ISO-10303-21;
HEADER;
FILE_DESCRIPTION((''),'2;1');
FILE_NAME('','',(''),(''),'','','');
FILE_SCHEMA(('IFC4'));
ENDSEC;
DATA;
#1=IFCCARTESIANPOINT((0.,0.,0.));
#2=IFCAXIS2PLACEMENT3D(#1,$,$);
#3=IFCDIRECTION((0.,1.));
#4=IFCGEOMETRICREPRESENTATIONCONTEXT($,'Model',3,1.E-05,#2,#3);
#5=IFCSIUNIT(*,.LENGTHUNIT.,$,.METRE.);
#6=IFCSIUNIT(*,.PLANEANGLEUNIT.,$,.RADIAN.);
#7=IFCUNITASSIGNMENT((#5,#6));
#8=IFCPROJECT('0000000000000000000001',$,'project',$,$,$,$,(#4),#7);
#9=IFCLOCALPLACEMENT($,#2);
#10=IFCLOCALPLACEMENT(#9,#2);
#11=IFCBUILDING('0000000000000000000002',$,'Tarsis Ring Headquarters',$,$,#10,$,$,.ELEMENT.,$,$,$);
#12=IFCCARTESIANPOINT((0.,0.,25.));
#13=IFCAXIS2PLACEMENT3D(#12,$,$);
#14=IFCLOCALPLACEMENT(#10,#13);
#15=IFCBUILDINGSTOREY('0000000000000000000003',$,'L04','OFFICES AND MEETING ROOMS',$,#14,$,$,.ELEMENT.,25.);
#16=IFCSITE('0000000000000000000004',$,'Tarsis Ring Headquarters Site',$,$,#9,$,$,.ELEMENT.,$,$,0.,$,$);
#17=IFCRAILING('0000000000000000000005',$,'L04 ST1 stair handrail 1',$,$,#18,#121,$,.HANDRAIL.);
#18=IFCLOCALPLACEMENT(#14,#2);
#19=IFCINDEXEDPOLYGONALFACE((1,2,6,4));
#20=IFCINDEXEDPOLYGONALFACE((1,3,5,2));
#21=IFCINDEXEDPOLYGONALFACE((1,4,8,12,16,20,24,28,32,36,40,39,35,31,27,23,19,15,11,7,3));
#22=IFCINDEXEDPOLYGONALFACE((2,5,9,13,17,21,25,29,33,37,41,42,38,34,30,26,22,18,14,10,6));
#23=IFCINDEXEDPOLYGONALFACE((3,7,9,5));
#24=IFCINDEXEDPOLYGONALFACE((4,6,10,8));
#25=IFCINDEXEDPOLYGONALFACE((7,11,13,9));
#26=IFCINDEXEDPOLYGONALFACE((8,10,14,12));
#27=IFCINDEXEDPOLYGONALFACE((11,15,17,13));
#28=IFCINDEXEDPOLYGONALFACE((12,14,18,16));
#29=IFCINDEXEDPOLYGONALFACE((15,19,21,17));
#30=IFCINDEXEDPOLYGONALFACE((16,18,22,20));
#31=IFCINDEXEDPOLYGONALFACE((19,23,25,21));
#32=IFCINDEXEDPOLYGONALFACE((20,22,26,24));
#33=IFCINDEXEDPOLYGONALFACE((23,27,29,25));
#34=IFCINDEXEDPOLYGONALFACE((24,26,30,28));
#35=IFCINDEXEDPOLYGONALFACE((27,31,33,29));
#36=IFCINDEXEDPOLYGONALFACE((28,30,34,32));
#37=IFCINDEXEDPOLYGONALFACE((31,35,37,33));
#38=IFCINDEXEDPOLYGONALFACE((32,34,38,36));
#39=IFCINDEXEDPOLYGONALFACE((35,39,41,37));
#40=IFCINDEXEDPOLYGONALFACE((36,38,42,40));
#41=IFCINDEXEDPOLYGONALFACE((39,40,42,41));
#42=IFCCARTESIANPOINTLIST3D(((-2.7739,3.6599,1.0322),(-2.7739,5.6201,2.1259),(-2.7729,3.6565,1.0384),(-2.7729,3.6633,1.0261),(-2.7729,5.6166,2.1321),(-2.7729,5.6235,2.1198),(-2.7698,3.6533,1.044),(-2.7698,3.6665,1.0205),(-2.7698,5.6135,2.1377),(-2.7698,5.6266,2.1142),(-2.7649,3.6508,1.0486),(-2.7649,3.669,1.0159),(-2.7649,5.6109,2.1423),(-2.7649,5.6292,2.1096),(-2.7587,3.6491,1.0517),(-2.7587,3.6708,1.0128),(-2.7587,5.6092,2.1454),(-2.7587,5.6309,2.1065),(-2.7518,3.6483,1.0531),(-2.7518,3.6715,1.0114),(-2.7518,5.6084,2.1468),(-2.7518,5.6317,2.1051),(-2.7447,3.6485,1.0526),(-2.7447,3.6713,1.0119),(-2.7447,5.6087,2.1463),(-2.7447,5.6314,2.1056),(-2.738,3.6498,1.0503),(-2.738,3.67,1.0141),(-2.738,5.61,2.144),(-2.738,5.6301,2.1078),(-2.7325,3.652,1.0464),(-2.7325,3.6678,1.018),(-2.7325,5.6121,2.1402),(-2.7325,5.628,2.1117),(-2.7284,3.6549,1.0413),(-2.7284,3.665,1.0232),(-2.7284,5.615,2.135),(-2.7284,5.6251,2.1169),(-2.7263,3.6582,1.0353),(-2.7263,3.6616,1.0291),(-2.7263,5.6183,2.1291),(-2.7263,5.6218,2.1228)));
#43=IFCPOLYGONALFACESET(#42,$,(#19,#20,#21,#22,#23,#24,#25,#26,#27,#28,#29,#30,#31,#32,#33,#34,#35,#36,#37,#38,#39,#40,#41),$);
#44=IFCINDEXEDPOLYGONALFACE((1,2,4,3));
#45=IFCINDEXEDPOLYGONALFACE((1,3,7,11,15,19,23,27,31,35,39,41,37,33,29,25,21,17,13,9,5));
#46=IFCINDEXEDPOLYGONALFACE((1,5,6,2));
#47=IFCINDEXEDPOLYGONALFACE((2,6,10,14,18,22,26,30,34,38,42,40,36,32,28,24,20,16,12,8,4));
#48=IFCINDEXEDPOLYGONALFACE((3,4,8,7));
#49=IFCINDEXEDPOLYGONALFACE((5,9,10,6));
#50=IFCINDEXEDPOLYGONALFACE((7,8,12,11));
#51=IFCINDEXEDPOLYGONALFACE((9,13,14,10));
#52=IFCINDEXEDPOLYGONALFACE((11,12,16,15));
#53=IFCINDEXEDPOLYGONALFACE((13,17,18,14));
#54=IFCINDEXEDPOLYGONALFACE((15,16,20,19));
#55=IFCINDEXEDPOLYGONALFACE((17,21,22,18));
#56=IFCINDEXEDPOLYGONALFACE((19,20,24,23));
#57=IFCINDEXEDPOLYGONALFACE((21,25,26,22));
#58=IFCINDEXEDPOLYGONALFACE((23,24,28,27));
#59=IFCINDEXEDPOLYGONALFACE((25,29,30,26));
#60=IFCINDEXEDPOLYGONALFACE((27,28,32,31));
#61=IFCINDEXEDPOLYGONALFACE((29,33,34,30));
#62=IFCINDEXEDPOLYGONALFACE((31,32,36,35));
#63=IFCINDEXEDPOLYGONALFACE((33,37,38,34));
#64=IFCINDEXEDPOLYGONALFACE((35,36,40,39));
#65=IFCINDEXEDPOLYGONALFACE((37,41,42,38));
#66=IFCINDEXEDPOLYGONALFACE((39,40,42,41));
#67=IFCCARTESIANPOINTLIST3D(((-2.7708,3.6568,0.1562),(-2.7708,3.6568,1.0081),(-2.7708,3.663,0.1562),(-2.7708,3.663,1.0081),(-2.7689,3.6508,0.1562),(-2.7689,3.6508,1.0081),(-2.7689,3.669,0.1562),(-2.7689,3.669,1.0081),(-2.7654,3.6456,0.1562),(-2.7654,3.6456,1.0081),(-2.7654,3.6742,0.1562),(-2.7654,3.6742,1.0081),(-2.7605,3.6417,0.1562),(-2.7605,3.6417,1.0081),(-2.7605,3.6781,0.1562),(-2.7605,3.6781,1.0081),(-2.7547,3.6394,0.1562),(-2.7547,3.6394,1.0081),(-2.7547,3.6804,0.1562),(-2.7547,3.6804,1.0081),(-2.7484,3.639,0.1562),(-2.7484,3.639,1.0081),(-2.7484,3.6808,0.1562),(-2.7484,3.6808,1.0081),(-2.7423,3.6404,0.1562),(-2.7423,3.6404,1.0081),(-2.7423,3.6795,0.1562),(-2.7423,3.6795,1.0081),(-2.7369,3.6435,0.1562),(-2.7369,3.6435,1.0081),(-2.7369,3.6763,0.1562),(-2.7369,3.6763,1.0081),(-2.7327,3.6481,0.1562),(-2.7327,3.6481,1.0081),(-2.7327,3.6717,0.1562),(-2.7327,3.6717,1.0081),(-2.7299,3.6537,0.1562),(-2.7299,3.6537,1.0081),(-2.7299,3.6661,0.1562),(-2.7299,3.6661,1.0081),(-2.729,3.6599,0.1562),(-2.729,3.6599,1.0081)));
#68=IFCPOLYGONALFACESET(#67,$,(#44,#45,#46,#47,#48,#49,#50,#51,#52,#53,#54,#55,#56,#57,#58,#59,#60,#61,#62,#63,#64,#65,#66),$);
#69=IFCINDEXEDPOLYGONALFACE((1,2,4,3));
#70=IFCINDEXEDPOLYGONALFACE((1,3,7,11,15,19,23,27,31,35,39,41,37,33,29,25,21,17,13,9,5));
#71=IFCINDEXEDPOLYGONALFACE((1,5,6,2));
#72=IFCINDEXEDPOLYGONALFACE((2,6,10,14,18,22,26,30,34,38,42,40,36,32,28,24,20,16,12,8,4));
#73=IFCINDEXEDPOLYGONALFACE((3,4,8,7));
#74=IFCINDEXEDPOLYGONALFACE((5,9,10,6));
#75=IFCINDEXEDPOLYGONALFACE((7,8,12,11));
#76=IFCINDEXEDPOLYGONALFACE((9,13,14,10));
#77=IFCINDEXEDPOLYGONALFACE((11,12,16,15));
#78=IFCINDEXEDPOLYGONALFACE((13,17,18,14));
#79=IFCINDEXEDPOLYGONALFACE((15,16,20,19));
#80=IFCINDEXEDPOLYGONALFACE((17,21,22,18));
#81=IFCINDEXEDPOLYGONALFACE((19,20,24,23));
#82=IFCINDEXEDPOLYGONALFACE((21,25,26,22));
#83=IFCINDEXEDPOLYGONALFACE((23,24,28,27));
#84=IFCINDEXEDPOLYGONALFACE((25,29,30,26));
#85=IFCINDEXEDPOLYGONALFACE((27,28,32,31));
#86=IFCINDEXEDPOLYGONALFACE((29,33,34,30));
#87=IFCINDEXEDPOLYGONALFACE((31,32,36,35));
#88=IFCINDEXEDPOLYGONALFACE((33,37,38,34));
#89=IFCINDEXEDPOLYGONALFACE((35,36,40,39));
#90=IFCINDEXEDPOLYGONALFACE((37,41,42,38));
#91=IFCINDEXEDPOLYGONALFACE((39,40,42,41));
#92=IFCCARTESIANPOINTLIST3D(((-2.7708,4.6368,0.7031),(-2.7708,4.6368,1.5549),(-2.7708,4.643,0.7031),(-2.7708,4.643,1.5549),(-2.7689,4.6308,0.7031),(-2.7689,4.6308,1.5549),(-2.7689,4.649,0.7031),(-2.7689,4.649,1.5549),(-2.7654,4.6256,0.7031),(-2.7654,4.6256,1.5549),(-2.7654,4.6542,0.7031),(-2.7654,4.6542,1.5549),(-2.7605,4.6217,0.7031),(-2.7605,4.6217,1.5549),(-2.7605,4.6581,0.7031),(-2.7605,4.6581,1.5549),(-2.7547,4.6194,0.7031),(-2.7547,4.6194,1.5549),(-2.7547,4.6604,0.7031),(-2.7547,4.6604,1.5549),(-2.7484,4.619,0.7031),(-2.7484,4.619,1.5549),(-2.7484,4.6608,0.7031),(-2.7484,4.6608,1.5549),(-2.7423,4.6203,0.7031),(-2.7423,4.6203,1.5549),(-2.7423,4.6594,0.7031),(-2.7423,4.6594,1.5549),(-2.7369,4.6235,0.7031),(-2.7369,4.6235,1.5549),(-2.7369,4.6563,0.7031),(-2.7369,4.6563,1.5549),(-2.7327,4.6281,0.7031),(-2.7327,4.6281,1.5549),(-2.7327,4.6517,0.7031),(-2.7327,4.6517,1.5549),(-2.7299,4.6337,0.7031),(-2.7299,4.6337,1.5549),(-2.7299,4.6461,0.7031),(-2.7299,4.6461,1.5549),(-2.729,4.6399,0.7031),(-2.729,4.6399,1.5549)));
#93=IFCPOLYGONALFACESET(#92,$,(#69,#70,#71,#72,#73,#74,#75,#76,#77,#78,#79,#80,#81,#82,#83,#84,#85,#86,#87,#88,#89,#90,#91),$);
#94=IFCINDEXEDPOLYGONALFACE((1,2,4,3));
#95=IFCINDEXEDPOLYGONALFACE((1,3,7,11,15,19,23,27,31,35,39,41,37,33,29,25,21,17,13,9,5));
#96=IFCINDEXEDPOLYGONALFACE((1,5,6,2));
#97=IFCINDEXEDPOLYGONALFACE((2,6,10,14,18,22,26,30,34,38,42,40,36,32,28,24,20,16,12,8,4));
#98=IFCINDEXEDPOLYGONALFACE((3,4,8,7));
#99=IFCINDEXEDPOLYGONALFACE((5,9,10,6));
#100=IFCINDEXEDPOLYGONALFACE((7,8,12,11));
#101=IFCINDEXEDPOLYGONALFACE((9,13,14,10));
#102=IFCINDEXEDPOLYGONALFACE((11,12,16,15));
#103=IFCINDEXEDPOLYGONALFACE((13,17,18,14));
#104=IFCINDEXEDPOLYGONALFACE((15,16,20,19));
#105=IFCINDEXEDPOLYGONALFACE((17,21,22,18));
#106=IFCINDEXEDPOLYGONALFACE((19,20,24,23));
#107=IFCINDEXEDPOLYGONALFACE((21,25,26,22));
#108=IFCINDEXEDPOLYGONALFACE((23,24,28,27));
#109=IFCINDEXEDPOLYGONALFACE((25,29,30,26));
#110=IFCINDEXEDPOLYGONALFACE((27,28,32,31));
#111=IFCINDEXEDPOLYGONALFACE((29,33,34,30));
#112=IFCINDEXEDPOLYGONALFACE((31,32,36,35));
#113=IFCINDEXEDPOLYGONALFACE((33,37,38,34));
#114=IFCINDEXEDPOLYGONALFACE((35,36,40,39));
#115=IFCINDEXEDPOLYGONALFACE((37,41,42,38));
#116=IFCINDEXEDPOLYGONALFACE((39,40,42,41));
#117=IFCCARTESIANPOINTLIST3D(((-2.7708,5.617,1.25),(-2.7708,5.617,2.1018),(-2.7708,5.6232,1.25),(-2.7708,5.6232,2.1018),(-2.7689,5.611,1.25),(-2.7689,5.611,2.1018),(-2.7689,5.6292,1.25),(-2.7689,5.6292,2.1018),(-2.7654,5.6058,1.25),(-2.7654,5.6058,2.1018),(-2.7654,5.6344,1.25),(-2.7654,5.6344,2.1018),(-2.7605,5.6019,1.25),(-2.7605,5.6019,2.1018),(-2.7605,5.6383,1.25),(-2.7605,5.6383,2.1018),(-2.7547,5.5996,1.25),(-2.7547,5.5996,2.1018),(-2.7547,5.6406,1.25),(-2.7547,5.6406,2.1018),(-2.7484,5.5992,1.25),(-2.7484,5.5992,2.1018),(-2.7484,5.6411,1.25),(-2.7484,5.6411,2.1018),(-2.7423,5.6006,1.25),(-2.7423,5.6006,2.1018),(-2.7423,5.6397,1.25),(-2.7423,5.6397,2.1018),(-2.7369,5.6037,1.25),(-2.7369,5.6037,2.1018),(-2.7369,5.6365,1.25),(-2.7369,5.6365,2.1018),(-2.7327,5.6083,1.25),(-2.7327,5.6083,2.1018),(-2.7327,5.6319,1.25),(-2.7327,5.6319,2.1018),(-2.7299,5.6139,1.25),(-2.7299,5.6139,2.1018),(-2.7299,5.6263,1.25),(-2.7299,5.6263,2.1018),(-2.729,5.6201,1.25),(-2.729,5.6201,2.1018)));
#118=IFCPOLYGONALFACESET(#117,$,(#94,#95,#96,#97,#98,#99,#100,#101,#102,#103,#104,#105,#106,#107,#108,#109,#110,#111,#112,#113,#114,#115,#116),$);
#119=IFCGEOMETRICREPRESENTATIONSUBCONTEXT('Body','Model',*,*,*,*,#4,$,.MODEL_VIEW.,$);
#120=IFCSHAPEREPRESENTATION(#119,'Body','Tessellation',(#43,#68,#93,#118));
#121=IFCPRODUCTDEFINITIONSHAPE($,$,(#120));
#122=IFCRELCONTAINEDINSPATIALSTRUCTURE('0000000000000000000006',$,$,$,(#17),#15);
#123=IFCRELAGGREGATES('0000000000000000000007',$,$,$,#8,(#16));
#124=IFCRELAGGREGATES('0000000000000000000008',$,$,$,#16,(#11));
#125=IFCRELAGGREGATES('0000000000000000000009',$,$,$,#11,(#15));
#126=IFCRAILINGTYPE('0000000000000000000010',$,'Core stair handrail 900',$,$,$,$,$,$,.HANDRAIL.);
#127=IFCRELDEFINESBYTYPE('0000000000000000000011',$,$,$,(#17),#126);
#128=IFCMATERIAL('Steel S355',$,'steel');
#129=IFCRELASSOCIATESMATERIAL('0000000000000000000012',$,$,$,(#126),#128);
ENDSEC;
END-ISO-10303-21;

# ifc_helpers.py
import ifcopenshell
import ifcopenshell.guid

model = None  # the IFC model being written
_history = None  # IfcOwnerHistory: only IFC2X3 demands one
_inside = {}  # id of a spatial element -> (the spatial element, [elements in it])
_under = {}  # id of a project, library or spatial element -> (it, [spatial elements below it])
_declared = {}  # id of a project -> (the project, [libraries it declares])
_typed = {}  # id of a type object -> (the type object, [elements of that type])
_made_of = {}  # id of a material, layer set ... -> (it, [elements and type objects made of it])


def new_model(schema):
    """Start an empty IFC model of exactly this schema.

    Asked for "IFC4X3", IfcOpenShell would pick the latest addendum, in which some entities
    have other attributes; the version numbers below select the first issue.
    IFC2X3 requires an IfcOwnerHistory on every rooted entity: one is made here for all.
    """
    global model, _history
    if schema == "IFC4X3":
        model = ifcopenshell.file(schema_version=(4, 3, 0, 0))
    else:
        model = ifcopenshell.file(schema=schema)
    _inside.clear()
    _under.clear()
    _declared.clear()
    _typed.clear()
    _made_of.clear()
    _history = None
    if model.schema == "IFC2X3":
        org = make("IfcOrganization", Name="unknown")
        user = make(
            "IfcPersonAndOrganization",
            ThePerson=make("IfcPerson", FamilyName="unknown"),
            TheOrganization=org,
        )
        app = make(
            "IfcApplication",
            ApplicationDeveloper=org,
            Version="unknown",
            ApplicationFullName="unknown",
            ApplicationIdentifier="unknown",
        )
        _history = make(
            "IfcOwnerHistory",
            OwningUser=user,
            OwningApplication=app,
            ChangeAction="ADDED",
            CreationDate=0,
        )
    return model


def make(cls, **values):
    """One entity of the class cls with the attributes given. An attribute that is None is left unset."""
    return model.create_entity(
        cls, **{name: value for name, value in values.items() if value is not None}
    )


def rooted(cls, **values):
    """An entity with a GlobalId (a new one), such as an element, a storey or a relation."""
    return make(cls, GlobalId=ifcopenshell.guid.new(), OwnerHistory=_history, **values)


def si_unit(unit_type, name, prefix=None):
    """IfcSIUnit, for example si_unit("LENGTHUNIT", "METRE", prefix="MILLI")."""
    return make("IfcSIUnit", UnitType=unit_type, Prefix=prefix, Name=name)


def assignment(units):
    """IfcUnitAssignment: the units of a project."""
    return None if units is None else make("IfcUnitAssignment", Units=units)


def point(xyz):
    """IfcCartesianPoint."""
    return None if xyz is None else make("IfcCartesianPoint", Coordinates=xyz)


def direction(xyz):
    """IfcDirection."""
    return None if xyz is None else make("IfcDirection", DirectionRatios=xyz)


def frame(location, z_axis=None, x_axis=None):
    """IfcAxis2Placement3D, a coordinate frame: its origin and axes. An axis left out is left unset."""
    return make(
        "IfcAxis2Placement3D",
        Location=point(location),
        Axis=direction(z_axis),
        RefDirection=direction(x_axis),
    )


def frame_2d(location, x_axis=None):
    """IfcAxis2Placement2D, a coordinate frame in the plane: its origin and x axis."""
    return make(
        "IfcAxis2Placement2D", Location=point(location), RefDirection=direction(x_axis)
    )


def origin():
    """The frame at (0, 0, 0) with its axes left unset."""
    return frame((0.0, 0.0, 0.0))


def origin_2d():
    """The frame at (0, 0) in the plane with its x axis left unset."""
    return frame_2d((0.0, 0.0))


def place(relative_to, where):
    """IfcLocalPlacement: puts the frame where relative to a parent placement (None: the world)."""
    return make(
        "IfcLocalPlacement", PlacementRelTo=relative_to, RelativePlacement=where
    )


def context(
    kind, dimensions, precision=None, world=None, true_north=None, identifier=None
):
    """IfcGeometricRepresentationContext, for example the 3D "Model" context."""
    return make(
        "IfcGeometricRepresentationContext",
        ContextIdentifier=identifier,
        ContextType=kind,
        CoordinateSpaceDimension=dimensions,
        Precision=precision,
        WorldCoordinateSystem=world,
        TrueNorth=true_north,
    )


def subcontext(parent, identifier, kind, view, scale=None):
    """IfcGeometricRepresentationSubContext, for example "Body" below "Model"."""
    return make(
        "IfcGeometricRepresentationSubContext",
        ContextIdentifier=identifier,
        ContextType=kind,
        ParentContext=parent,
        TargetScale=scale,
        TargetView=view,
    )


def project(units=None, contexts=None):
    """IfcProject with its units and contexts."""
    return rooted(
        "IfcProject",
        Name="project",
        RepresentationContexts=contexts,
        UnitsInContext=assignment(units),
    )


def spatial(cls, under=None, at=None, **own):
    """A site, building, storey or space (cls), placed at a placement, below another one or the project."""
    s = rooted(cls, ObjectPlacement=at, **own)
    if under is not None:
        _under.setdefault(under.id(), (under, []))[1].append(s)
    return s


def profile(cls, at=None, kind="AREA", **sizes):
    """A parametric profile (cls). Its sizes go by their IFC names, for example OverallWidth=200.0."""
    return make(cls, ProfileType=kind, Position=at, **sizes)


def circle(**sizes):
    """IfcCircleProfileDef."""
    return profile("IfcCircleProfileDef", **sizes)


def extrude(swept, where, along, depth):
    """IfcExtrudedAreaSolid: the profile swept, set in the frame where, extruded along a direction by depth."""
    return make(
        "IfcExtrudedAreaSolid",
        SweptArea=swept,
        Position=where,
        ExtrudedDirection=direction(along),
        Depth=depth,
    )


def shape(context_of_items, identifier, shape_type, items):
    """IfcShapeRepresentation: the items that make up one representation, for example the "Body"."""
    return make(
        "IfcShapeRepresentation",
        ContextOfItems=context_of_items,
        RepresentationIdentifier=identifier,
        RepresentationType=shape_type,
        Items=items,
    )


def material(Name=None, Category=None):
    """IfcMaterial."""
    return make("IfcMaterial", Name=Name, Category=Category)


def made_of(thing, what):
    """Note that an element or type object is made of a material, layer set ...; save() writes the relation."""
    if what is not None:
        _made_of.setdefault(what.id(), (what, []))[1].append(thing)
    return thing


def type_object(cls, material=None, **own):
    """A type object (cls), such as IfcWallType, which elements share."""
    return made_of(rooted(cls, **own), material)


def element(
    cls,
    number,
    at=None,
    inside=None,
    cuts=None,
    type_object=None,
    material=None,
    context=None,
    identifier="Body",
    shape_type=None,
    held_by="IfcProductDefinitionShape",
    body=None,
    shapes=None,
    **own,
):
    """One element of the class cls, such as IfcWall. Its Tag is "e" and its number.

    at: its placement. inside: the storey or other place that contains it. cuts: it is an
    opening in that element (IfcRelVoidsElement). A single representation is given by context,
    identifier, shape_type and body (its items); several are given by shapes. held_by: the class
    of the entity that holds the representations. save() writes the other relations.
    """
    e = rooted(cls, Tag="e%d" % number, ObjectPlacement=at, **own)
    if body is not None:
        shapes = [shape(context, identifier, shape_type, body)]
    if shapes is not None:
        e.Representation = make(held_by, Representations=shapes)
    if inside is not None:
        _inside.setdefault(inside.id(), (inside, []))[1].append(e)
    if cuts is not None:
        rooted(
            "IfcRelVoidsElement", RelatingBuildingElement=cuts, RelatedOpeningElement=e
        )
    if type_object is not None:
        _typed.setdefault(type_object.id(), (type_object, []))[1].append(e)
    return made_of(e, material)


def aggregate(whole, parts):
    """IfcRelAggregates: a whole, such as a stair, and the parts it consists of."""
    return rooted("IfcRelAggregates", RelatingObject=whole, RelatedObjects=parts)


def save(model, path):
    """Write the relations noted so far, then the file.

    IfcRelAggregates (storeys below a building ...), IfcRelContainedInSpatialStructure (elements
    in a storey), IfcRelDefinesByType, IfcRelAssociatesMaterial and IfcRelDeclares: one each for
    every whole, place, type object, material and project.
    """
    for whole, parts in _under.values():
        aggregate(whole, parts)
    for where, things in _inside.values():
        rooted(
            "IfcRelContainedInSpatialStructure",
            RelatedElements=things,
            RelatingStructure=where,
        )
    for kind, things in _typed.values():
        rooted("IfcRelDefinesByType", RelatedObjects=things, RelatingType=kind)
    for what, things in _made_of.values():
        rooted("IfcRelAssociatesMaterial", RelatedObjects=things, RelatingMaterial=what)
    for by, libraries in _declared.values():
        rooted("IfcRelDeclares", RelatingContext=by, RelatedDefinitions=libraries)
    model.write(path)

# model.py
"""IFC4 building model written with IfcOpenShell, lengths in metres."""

from ifc_helpers import new_model, si_unit, direction, frame, origin, origin_2d, place, context, subcontext, project, spatial, circle, extrude, material, type_object, element, save


model = new_model("IFC4")

# Units and contexts
model_context = context("Model", 3, precision=1e-05, world=origin(), true_north=direction((0.0, 1.0)))
body_context = subcontext(model_context, "Body", "Model", "MODEL_VIEW")
ifc_project = project(units=[si_unit("LENGTHUNIT", "METRE"), si_unit("PLANEANGLEUNIT", "RADIAN")], contexts=[model_context])

# Site, building, storey
site_placement = place(None, origin())
site = spatial("IfcSite", under=ifc_project, at=site_placement, Name="Tarsis Ring Headquarters Site", CompositionType="ELEMENT", RefElevation=0.0)
building_placement = place(site_placement, origin())
building = spatial("IfcBuilding", under=site, at=building_placement, Name="Tarsis Ring Headquarters", CompositionType="ELEMENT")
storey_placement = place(building_placement, frame((0.0, 0.0, 25.0)))
storey = spatial("IfcBuildingStorey", under=building, at=storey_placement, Name="L04", Description="OFFICES AND MEETING ROOMS", CompositionType="ELEMENT", Elevation=25.0)

# Shared definitions
ifc_material_1 = material(Name="Steel S355", Category="steel")

# Railing
railing_type_1 = type_object("IfcRailingType", Name="Core stair handrail 900", PredefinedType="HANDRAIL", material=ifc_material_1)
railing_1_placement = place(storey_placement, frame((-2.75, 3.6599, 0.1562)))
element("IfcRailing", 1, at=railing_1_placement, inside=storey, type_object=railing_type_1, Name="L04 ST1 stair handrail 1", PredefinedType="HANDRAIL", context=body_context, shape_type="SweptSolid", body=[
    extrude(circle(Radius=0.0239, at=origin_2d()), frame((0.0, 0.0, 0.876), z_axis=(0.0, 0.873258, 0.487258), x_axis=(-1.0, 0.0, 0.0)), (0.0, 0.0, 1.0), 2.2446),
    extrude(circle(Radius=0.021, at=origin_2d()), origin(), (0.0, 0.0, 1.0), 0.8518),
    extrude(circle(Radius=0.021, at=origin_2d()), frame((0.0, 0.98, 0.5469)), (0.0, 0.0, 1.0), 0.8518),
    extrude(circle(Radius=0.021, at=origin_2d()), frame((0.0, 1.9602, 1.0938)), (0.0, 0.0, 1.0), 0.8518),
])

save(model, "model.ifc")
